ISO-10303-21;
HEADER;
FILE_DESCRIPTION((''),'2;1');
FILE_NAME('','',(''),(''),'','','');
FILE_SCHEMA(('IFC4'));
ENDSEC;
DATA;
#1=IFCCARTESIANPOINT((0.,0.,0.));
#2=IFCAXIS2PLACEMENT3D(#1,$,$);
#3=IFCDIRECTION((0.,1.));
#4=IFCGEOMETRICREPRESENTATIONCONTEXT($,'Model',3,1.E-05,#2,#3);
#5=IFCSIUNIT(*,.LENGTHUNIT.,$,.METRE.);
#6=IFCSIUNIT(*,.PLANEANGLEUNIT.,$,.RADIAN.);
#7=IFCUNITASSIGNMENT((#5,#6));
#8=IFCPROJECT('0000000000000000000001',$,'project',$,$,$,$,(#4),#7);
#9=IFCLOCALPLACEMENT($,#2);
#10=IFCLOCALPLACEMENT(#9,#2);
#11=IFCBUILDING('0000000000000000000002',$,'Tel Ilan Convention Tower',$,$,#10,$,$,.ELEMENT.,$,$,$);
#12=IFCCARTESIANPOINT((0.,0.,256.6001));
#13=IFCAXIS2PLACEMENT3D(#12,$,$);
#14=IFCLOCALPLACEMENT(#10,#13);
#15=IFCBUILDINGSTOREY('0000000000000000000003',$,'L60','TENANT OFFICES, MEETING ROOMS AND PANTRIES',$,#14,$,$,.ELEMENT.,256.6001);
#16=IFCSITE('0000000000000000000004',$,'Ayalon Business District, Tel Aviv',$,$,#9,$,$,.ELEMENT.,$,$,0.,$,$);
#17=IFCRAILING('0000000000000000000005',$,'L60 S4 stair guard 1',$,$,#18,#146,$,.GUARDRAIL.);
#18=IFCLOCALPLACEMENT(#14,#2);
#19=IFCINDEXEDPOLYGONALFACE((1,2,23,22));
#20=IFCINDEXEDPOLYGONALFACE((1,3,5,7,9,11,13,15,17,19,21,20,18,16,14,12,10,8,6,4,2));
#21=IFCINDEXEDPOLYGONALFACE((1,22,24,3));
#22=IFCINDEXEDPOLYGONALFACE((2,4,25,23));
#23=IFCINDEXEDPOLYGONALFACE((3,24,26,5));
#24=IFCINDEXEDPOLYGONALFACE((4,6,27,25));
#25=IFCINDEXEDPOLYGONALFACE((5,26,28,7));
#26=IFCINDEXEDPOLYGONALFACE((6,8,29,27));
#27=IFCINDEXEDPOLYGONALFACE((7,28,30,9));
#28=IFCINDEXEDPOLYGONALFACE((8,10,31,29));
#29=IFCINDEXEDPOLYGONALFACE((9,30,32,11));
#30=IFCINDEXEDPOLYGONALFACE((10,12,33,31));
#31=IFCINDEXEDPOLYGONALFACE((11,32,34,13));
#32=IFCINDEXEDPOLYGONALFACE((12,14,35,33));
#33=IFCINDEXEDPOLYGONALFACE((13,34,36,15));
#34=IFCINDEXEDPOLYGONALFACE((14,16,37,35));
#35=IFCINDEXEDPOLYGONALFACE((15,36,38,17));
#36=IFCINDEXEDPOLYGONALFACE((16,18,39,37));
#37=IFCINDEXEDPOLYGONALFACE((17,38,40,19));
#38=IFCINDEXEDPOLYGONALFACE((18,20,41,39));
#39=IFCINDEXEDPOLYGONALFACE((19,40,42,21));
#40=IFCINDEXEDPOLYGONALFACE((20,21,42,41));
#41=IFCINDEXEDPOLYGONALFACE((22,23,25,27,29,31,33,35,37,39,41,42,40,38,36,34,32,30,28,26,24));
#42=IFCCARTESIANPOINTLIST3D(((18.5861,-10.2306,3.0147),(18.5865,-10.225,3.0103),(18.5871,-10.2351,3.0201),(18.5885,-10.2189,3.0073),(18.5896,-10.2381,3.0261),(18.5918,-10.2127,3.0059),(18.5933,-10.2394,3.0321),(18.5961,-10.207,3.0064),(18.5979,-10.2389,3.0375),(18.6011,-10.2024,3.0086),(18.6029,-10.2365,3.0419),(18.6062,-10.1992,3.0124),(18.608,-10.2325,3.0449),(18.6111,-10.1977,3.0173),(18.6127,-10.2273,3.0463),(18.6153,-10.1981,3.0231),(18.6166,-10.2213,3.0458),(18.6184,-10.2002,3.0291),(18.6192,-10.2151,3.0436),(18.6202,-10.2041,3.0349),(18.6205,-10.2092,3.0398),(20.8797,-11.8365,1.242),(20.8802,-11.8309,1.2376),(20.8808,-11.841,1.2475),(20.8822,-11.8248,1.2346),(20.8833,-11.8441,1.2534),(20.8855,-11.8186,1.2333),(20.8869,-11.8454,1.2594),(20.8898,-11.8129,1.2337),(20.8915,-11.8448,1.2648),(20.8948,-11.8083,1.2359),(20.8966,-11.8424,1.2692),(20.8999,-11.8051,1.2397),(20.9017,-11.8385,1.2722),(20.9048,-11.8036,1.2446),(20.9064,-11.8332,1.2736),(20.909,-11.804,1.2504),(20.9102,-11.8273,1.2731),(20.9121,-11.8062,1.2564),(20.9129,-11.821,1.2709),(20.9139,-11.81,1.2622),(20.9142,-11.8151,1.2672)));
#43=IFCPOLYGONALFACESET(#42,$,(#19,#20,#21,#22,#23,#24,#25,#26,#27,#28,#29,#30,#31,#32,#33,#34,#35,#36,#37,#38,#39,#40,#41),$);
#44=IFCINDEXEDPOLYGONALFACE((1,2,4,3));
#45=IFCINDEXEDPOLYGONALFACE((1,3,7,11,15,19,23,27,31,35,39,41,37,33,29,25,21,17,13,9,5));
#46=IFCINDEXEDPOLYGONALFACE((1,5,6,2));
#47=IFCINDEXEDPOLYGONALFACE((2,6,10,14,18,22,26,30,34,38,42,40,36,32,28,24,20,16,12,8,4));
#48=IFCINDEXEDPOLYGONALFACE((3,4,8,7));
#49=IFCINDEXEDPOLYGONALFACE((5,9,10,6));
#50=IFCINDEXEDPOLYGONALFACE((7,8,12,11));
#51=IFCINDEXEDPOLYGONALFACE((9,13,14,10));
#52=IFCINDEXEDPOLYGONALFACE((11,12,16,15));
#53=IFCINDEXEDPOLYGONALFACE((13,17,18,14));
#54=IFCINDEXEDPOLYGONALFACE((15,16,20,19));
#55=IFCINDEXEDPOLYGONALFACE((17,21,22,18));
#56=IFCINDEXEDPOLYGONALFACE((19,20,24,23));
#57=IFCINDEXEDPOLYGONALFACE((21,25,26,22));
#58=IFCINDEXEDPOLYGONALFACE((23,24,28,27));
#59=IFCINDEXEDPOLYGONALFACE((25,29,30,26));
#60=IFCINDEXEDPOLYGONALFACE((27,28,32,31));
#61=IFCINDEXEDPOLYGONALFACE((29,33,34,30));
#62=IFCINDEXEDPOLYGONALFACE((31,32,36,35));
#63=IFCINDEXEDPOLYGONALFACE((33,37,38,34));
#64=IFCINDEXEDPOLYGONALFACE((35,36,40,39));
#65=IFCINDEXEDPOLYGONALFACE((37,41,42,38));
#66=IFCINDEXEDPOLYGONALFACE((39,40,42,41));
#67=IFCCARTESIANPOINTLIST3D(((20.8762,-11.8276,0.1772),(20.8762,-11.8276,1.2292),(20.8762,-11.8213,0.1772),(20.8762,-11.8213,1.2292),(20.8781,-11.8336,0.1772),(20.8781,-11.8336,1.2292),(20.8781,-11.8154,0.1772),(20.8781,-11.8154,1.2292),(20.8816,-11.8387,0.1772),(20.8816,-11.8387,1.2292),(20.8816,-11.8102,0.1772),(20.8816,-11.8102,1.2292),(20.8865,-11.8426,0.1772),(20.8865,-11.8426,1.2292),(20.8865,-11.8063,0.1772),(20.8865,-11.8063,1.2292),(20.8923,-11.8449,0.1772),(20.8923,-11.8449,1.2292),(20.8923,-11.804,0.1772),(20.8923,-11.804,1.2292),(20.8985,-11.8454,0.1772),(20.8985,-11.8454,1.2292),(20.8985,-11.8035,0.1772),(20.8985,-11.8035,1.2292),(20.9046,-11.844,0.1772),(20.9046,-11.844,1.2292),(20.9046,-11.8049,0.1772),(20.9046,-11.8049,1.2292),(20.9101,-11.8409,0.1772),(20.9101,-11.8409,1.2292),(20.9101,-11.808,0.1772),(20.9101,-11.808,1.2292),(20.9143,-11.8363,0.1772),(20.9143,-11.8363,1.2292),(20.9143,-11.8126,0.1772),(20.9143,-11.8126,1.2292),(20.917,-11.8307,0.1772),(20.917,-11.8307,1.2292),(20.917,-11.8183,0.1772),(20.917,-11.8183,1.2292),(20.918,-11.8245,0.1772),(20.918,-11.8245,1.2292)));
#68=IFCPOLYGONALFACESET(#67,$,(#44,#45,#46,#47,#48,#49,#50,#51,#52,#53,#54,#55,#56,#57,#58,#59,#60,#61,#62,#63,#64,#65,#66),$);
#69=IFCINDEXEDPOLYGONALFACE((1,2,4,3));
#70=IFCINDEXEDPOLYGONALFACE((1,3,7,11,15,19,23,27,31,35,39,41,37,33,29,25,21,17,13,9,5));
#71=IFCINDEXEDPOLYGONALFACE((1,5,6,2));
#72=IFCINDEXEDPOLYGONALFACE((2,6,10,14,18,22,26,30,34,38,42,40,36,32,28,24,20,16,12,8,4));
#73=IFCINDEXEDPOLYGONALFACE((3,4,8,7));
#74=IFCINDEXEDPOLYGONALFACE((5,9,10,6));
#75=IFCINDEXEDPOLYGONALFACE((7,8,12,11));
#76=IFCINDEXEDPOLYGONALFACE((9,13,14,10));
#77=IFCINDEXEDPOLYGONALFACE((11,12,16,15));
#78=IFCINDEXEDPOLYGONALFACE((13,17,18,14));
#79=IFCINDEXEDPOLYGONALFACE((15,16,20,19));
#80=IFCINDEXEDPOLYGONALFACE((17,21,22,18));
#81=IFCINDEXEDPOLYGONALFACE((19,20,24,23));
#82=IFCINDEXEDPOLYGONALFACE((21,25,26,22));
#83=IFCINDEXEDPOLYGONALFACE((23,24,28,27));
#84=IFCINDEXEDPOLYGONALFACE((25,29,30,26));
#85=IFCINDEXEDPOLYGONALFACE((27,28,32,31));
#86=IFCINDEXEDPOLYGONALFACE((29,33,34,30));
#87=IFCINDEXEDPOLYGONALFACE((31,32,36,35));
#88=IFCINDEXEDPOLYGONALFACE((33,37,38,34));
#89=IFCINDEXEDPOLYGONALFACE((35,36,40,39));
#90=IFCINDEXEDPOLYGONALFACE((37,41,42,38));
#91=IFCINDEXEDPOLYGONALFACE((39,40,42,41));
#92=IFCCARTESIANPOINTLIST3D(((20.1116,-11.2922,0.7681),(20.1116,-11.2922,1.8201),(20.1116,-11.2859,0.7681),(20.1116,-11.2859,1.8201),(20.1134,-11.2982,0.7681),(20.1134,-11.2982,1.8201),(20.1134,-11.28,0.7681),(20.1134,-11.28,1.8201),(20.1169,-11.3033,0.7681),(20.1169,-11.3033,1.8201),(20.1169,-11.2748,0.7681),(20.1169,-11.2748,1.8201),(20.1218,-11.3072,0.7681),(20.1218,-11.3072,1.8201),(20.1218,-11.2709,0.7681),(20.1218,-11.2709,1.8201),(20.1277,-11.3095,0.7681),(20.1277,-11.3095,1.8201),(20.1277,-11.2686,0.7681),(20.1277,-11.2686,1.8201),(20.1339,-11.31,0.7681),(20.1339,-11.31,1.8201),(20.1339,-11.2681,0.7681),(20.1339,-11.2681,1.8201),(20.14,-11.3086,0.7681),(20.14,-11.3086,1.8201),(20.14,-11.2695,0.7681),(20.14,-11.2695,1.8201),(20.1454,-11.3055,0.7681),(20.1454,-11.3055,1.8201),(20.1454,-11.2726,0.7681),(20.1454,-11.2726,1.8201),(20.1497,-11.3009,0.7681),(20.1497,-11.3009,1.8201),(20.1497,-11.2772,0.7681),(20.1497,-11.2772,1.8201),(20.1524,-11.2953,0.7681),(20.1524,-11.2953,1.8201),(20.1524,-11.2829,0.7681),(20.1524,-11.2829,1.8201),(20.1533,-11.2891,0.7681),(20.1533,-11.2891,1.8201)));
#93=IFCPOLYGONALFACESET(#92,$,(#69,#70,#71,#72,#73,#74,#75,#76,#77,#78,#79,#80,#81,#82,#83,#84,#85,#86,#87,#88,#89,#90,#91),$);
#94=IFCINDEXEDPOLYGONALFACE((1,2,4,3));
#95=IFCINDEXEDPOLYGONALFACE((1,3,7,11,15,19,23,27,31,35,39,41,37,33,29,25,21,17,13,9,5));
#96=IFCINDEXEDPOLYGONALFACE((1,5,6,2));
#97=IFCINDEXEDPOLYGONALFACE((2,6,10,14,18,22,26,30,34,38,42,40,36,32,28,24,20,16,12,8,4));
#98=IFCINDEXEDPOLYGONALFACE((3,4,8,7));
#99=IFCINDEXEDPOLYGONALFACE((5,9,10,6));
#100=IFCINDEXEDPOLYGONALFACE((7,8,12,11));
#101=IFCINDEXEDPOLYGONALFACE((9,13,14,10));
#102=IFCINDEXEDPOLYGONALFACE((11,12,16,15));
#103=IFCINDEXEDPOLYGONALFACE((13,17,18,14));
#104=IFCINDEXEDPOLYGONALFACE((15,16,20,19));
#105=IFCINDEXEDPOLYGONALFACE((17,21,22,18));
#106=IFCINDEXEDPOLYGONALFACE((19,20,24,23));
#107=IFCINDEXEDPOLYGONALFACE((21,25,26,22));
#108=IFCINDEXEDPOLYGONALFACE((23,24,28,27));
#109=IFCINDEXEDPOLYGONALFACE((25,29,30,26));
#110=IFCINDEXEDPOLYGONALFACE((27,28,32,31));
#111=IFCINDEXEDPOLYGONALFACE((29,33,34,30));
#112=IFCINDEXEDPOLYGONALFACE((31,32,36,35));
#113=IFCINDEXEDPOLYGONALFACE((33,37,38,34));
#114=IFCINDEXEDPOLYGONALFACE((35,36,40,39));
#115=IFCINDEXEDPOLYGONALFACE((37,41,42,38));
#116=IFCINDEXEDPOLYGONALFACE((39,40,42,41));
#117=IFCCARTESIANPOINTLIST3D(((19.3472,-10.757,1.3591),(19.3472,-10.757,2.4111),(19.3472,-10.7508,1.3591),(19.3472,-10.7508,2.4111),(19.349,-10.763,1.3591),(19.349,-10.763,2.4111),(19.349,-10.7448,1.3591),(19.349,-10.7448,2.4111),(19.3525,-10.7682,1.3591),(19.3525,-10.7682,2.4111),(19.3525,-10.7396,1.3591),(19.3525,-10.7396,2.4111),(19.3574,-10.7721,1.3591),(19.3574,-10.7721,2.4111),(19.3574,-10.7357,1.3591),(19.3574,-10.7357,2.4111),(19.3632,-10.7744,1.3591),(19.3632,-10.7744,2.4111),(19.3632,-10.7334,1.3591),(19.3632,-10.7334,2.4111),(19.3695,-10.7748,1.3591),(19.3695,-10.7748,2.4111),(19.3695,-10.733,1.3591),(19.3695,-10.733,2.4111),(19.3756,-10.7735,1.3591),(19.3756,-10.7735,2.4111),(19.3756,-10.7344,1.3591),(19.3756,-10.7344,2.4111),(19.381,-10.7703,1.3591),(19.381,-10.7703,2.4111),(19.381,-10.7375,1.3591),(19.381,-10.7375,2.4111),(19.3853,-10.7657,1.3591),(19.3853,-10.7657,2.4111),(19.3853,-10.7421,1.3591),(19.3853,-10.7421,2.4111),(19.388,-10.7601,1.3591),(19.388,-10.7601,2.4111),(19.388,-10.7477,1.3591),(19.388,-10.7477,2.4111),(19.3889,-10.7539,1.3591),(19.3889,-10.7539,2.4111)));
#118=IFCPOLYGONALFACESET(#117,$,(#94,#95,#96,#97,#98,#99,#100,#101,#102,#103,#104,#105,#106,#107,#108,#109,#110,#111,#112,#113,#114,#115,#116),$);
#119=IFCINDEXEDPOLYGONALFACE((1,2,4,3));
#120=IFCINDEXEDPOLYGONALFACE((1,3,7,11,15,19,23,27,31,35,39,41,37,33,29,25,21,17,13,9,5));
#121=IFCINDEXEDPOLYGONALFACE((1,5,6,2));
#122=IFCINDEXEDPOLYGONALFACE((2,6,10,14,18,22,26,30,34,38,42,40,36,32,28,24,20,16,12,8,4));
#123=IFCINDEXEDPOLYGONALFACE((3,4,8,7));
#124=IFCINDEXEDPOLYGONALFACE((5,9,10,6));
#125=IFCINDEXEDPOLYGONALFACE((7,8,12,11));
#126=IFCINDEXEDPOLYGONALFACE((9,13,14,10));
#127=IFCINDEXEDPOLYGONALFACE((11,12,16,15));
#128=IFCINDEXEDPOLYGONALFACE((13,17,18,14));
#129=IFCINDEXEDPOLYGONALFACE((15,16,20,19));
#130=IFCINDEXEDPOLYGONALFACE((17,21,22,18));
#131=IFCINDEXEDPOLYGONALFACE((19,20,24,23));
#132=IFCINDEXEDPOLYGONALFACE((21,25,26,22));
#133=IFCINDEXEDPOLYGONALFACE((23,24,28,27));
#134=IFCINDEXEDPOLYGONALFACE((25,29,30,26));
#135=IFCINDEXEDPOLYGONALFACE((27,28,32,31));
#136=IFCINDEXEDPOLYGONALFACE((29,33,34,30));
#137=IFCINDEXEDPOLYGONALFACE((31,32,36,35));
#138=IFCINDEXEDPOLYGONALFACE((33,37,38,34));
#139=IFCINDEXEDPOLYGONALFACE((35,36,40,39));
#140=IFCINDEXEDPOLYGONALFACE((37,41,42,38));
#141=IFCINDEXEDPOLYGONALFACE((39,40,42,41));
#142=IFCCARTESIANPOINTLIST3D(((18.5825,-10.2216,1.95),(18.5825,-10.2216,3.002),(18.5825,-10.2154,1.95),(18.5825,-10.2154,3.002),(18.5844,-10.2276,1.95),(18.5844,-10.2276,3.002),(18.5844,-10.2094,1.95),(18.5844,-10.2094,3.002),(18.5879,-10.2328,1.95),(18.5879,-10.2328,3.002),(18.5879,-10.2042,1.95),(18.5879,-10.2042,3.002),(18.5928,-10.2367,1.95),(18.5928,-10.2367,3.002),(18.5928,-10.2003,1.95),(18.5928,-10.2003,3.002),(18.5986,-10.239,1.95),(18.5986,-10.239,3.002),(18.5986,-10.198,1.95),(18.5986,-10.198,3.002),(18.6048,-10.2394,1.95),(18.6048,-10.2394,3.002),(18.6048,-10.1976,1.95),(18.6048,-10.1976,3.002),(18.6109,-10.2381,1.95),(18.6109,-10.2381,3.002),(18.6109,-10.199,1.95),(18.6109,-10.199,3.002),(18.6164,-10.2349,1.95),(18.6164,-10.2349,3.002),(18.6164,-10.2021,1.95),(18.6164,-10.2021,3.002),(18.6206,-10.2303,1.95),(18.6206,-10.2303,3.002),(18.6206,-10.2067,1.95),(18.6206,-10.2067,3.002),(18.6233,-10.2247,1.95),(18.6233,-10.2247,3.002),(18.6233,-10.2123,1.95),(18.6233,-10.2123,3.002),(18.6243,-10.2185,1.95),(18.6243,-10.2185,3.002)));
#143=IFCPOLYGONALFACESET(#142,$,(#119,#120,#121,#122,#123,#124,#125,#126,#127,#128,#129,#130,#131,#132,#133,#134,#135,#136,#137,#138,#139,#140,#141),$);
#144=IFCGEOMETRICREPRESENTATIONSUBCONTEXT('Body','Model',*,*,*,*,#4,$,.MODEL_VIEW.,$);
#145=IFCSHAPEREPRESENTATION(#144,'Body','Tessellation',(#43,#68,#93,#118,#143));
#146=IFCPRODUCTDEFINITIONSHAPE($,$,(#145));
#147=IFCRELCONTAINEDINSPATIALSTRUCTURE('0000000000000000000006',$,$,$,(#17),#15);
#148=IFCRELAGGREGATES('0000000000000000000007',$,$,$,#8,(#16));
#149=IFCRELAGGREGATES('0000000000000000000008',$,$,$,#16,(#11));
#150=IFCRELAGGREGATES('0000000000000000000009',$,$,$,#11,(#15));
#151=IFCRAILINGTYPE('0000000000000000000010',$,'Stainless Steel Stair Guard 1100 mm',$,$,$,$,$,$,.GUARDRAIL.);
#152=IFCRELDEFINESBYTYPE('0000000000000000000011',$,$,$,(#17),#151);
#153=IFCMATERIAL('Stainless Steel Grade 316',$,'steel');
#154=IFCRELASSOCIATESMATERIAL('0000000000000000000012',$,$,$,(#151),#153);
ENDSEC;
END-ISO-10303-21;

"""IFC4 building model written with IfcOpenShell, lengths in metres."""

from ifc_helpers import new_model, si_unit, direction, frame, origin, origin_2d, place, context, subcontext, project, spatial, circle, extrude, material, type_object, element, save


model = new_model("IFC4")

# Units and contexts
model_context = context("Model", 3, precision=1e-05, world=origin(), true_north=direction((0.0, 1.0)))
body_context = subcontext(model_context, "Body", "Model", "MODEL_VIEW")
ifc_project = project(units=[si_unit("LENGTHUNIT", "METRE"), si_unit("PLANEANGLEUNIT", "RADIAN")], contexts=[model_context])

# Site, building, storey
site_placement = place(None, origin())
site = spatial("IfcSite", under=ifc_project, at=site_placement, Name="Ayalon Business District, Tel Aviv", CompositionType="ELEMENT", RefElevation=0.0)
building_placement = place(site_placement, origin())
building = spatial("IfcBuilding", under=site, at=building_placement, Name="Tel Ilan Convention Tower", CompositionType="ELEMENT")
storey_placement = place(building_placement, frame((0.0, 0.0, 256.6001)))
storey = spatial("IfcBuildingStorey", under=building, at=storey_placement, Name="L60", Description="TENANT OFFICES, MEETING ROOMS AND PANTRIES", CompositionType="ELEMENT", Elevation=256.6001)

# Railing
ifc_material_1 = material(Name="Stainless Steel Grade 316", Category="steel")
railing_type_1 = type_object("IfcRailingType", Name="Stainless Steel Stair Guard 1100 mm", PredefinedType="GUARDRAIL", material=ifc_material_1)
railing_1_placement = place(storey_placement, frame((20.897, -11.8245, 0.1772)))
element("IfcRailing", 1, at=railing_1_placement, inside=storey, type_object=railing_type_1, Name="L60 S4 stair guard 1", PredefinedType="GUARDRAIL", context=body_context, shape_type="SweptSolid", body=[
    extrude(circle(Radius=0.0239, at=origin_2d()), frame((0.0, 0.0, 1.0762), z_axis=(-0.692123, 0.484597, 0.534913), x_axis=(-0.57355, -0.81917, 0.0)), (0.0, 0.0, 1.0), 3.314),
    extrude(circle(Radius=0.021, at=origin_2d()), origin(), (0.0, 0.0, 1.0), 1.052),
    extrude(circle(Radius=0.021, at=origin_2d()), frame((-0.7646, 0.5354, 0.5908)), (0.0, 0.0, 1.0), 1.052),
    extrude(circle(Radius=0.021, at=origin_2d()), frame((-1.5291, 1.0706, 1.1819)), (0.0, 0.0, 1.0), 1.052),
    extrude(circle(Radius=0.021, at=origin_2d()), frame((-2.2937, 1.606, 1.7727)), (0.0, 0.0, 1.0), 1.052),
])

save(model, "model.ifc")
